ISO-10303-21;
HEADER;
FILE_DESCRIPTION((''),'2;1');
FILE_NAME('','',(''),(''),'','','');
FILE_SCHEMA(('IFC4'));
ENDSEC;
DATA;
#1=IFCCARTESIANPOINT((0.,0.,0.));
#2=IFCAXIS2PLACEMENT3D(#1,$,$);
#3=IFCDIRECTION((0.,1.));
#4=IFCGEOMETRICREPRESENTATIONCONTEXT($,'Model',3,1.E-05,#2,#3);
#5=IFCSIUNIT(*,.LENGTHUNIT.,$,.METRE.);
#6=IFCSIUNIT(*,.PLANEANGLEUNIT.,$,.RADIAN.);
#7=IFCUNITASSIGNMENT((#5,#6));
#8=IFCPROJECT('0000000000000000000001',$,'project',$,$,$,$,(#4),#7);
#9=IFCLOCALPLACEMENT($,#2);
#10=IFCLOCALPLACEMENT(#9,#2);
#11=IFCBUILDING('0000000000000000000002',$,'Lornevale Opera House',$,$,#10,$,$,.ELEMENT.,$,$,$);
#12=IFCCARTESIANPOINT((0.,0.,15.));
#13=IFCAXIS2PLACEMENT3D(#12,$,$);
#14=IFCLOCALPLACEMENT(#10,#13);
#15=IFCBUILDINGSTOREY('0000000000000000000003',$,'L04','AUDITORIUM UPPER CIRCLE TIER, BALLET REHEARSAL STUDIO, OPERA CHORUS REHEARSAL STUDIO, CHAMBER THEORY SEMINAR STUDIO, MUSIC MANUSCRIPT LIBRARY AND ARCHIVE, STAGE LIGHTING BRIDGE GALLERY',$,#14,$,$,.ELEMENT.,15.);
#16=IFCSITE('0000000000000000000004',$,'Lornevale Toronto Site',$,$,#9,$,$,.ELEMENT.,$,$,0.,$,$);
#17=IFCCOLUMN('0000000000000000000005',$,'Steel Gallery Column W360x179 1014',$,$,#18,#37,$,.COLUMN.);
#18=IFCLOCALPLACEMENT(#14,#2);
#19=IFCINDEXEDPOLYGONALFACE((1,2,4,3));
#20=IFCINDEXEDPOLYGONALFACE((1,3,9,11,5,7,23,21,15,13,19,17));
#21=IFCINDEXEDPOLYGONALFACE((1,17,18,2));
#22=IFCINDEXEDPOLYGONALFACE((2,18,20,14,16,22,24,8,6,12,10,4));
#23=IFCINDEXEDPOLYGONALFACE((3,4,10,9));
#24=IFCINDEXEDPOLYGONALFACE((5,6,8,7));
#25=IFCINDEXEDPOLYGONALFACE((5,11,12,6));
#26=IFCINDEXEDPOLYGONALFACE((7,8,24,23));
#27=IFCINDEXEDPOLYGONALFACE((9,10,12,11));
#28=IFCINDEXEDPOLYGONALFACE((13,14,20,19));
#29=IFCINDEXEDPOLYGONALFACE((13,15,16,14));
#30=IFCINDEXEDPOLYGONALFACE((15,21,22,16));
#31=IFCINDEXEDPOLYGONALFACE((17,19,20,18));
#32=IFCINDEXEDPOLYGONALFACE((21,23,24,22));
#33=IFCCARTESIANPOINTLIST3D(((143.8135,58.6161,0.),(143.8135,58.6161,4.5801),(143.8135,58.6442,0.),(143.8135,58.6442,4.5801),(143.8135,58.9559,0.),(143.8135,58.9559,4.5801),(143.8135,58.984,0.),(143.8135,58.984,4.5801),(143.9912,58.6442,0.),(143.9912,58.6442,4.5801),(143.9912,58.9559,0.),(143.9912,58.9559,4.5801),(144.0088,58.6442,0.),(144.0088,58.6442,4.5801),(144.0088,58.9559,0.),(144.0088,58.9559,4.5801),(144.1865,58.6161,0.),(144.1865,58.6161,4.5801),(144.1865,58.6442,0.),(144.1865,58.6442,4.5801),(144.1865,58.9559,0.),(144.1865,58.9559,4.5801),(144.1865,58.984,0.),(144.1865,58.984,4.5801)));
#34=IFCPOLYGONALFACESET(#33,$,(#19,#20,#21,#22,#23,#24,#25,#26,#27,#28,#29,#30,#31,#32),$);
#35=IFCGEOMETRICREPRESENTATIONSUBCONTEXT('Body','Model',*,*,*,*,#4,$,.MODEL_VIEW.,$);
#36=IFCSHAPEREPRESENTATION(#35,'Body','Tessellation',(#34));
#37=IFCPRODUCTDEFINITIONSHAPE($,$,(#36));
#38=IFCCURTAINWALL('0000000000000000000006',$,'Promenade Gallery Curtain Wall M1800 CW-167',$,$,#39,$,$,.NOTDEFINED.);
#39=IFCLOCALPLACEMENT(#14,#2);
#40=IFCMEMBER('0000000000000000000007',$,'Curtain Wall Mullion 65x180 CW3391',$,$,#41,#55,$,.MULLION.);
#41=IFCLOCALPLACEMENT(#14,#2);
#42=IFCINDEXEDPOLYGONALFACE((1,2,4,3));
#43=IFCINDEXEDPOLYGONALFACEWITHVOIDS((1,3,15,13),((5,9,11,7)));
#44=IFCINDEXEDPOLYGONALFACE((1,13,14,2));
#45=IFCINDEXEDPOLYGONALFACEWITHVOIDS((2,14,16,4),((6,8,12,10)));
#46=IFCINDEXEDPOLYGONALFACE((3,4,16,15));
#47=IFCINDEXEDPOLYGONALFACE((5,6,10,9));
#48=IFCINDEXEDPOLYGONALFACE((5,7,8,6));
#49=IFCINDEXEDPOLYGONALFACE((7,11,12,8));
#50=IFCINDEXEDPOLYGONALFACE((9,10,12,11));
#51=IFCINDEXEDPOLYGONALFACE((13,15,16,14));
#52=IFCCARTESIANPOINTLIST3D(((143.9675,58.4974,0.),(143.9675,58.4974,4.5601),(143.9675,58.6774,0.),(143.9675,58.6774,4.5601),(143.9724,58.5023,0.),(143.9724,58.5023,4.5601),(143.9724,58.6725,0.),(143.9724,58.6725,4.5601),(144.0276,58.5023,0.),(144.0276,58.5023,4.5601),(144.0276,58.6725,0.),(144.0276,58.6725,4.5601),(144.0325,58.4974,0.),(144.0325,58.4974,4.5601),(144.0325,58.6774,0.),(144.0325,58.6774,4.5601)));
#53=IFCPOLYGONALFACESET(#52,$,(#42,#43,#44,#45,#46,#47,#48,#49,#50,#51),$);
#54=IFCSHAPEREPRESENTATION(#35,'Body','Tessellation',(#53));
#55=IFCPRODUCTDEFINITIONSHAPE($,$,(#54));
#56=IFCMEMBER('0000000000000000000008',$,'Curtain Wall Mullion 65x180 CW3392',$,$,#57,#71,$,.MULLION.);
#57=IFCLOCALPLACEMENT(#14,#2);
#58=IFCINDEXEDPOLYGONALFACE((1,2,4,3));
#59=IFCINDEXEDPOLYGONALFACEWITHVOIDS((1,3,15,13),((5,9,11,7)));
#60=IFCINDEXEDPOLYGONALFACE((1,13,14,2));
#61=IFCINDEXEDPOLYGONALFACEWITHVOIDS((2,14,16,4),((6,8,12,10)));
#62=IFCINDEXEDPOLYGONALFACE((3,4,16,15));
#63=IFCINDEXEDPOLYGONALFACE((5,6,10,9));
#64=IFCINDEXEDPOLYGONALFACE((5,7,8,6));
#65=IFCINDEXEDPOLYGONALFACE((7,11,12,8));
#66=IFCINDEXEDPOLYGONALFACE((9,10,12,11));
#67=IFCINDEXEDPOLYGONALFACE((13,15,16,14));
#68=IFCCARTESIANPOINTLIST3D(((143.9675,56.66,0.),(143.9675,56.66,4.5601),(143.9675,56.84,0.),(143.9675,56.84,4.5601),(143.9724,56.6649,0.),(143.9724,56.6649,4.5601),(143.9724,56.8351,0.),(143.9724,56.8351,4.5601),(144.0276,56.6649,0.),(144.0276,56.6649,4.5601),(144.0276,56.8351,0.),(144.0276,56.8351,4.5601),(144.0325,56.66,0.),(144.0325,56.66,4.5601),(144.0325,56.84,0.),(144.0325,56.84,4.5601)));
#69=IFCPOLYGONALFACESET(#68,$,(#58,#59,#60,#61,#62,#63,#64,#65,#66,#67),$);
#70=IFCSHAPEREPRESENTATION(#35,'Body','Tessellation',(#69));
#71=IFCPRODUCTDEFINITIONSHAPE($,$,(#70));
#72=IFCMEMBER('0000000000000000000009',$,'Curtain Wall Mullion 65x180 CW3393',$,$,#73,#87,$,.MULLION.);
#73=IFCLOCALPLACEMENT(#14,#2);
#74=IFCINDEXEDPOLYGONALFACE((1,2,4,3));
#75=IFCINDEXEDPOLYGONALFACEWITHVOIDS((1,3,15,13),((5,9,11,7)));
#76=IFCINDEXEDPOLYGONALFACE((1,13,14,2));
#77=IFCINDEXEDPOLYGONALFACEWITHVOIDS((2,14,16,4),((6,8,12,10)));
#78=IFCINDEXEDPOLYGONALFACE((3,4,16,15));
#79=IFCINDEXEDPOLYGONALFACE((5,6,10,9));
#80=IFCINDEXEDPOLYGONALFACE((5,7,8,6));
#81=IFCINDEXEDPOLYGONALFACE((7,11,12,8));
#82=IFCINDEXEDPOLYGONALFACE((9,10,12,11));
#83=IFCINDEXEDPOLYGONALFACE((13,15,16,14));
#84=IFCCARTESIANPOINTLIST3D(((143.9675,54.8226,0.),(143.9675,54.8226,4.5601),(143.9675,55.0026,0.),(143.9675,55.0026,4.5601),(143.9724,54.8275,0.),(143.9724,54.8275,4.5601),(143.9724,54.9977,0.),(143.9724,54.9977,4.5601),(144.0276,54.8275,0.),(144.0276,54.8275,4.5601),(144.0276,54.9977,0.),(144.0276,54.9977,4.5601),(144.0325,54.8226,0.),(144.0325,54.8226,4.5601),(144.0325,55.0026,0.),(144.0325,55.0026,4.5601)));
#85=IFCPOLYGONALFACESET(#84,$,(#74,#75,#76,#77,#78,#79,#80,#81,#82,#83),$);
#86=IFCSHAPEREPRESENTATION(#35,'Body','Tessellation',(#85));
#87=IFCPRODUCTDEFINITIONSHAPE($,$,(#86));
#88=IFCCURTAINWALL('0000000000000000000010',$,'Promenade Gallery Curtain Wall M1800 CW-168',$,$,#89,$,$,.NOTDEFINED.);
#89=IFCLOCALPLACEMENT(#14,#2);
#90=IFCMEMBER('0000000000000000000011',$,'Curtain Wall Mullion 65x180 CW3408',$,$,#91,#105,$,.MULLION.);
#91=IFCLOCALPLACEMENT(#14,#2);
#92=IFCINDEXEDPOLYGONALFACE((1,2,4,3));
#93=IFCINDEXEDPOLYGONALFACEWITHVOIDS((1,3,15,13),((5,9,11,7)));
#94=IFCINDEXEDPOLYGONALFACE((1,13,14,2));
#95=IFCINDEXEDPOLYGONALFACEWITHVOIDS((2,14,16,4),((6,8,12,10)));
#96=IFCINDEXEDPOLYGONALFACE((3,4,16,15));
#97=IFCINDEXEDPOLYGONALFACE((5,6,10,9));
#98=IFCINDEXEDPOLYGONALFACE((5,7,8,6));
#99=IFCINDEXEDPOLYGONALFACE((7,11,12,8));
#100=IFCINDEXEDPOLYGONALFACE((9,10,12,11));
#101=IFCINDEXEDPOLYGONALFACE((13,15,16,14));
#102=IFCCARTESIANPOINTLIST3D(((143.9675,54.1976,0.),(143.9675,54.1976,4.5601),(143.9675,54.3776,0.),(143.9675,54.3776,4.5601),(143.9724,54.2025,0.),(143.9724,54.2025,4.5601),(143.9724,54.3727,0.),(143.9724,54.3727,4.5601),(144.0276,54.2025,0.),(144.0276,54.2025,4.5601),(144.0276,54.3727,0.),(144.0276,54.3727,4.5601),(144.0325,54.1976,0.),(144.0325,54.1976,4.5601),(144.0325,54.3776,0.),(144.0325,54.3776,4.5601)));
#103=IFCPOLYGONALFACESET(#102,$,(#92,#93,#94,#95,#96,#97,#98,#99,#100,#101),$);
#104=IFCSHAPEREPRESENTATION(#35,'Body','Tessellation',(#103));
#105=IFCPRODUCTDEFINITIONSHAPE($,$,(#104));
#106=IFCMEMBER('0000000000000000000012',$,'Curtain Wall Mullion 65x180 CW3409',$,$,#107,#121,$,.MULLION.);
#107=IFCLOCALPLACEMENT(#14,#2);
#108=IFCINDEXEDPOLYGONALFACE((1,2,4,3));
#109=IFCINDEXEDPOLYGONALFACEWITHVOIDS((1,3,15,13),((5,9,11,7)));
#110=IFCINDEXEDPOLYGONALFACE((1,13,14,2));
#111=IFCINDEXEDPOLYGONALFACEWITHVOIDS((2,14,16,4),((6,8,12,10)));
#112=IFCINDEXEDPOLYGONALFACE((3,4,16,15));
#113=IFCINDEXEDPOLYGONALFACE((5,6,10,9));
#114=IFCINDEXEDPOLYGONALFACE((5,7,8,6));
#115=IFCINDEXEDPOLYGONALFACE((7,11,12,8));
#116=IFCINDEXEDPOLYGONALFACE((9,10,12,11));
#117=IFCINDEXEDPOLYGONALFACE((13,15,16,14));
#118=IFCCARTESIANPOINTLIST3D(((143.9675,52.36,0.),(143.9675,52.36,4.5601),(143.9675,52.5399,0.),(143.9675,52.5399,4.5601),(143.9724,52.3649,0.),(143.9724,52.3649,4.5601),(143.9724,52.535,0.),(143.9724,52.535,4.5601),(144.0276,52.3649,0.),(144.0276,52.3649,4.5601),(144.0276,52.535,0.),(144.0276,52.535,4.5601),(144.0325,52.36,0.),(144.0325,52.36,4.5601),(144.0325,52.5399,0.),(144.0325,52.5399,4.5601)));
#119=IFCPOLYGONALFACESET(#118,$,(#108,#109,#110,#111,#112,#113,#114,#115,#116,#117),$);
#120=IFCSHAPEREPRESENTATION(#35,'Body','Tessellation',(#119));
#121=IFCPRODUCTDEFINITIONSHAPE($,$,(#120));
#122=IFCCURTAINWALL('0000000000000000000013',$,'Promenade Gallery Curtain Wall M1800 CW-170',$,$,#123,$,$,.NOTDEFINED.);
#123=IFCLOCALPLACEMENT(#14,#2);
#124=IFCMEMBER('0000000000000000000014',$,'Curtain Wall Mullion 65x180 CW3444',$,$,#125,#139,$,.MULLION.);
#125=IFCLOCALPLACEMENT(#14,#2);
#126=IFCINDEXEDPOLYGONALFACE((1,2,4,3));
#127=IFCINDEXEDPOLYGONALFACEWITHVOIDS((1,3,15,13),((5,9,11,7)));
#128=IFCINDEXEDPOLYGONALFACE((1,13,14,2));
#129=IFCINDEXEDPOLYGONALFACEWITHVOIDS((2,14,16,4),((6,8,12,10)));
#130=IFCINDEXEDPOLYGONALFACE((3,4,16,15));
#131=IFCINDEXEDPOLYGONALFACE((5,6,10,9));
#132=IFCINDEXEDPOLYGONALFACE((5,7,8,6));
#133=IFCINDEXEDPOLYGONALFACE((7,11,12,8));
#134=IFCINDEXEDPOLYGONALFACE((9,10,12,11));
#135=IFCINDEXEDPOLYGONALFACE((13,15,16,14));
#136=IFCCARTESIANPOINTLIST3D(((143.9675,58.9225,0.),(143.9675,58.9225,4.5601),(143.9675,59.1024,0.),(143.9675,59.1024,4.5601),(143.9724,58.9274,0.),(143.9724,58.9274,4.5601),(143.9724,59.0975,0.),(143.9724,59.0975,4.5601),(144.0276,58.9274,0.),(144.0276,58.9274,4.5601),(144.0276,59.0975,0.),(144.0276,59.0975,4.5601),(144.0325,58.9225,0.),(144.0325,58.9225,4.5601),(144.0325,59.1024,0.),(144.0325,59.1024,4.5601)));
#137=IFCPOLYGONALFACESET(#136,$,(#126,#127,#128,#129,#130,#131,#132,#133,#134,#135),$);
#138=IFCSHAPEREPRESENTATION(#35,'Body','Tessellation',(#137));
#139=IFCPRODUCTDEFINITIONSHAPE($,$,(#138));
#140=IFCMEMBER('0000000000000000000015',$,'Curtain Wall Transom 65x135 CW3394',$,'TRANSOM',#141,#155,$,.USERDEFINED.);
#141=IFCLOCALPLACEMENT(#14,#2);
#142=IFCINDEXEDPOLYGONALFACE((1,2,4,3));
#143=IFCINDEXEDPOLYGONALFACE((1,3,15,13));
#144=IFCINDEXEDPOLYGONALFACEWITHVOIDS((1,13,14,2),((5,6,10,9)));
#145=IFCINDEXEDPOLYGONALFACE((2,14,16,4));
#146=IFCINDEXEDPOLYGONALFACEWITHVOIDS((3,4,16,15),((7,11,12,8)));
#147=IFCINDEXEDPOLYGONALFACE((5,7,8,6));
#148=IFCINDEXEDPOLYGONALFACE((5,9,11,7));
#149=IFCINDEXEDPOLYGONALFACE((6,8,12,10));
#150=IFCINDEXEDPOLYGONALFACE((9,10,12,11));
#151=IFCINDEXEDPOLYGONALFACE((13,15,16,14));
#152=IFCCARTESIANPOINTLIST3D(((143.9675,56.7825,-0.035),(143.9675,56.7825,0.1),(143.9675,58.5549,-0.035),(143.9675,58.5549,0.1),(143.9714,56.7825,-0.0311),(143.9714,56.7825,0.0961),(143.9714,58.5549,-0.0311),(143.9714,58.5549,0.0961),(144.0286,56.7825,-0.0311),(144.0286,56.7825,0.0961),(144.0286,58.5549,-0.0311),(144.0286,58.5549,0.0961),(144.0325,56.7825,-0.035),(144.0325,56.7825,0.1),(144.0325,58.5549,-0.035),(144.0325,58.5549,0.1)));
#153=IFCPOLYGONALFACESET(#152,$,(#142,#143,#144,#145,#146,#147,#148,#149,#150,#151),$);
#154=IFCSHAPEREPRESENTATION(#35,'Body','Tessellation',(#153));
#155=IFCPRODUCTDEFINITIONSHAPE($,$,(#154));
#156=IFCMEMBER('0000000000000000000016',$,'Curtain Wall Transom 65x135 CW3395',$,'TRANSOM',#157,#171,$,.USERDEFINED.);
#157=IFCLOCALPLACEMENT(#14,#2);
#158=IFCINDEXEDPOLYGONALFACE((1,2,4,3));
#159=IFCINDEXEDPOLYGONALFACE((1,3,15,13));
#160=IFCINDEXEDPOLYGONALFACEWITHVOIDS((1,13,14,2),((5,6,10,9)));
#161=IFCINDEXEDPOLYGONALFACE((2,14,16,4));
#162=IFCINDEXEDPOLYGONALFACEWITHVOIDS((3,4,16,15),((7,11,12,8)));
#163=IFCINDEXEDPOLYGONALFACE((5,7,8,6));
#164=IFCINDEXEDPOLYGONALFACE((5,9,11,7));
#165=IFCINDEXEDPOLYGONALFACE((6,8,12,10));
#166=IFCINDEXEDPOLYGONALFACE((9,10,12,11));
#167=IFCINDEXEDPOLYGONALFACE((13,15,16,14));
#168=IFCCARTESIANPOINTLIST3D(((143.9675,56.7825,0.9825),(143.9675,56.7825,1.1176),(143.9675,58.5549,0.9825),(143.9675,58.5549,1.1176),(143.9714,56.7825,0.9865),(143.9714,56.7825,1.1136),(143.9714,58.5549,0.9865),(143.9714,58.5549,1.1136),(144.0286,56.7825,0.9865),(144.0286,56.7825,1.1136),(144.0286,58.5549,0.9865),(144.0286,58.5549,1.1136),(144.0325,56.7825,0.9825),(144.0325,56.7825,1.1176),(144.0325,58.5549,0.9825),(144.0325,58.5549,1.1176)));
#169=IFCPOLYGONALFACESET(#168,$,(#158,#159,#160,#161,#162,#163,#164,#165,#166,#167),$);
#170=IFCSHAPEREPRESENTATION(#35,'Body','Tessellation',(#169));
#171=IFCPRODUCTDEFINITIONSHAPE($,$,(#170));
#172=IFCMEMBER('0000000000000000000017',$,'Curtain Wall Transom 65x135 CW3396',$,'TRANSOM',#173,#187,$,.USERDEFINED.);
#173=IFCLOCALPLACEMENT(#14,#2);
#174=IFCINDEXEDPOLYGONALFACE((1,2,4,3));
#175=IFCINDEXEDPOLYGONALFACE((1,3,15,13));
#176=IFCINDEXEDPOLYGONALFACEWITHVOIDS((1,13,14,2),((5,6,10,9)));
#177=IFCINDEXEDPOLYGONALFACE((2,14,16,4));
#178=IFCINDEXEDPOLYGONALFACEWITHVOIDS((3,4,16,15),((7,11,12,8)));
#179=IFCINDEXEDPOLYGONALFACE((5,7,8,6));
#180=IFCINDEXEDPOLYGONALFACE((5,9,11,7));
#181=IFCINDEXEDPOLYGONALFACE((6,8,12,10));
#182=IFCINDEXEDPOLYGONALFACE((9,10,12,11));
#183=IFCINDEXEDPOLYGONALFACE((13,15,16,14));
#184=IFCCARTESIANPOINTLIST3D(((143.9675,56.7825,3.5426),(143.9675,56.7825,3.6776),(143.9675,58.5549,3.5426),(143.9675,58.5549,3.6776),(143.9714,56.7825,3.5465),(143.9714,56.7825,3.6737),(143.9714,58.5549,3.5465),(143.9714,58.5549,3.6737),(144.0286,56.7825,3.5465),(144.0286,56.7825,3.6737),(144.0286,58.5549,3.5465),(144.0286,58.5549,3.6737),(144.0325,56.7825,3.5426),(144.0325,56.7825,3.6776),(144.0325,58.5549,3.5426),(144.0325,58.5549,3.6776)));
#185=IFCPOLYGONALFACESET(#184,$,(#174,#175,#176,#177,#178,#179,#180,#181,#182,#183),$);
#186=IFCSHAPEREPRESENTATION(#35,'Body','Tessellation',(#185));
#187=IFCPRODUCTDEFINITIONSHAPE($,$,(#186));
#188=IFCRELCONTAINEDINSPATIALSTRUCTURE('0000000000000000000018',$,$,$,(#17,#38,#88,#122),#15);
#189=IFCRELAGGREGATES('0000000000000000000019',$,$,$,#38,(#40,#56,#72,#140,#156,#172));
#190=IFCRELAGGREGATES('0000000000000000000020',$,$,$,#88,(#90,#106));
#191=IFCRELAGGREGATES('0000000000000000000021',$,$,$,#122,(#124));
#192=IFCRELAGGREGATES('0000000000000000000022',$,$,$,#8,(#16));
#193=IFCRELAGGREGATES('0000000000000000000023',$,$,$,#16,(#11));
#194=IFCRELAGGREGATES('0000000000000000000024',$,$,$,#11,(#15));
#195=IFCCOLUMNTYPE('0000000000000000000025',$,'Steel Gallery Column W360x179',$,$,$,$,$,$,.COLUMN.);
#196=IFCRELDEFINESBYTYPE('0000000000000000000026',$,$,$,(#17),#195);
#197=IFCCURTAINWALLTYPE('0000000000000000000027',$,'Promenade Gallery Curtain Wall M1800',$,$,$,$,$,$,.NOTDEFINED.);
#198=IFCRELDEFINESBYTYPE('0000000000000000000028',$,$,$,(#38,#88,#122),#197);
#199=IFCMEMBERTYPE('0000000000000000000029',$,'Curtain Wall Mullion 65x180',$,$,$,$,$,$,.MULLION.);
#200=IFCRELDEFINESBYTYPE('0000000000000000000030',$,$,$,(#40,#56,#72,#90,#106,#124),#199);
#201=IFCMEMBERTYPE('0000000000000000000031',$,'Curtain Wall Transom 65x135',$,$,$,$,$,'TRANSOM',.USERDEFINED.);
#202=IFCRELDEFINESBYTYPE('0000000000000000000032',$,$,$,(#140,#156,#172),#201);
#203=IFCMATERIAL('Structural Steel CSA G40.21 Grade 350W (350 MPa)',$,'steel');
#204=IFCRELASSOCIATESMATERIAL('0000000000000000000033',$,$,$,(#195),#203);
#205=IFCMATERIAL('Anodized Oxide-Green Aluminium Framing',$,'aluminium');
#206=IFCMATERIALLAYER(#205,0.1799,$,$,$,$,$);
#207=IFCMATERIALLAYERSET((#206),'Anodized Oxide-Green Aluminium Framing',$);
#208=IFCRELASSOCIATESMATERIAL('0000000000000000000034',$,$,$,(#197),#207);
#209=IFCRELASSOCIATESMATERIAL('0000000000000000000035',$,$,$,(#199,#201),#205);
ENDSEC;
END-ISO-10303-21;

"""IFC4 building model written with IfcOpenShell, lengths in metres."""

from ifc_helpers import new_model, si_unit, direction, frame, origin, origin_2d, place, context, subcontext, project, spatial, hollow_rectangle, i_section, extrude, material, layer, layer_set, material_profile, profile_set, type_object, element, aggregate, save


model = new_model("IFC4")

# Units and contexts
model_context = context("Model", 3, precision=1e-05, world=origin(), true_north=direction((0.0, 1.0)))
body_context = subcontext(model_context, "Body", "Model", "MODEL_VIEW")
ifc_project = project(units=[si_unit("LENGTHUNIT", "METRE"), si_unit("PLANEANGLEUNIT", "RADIAN")], contexts=[model_context])

# Site, building, storey
site_placement = place(None, origin())
site = spatial("IfcSite", under=ifc_project, at=site_placement, Name="Lornevale Toronto Site", CompositionType="ELEMENT", RefElevation=0.0)
building_placement = place(site_placement, origin())
building = spatial("IfcBuilding", under=site, at=building_placement, Name="Lornevale Opera House", CompositionType="ELEMENT")
storey_placement = place(building_placement, frame((0.0, 0.0, 15.0)))
storey = spatial("IfcBuildingStorey", under=building, at=storey_placement, Name="L04", Description="AUDITORIUM UPPER CIRCLE TIER, BALLET REHEARSAL STUDIO, OPERA CHORUS REHEARSAL STUDIO, CHAMBER THEORY SEMINAR STUDIO, MUSIC MANUSCRIPT LIBRARY AND ARCHIVE, STAGE LIGHTING BRIDGE GALLERY", CompositionType="ELEMENT", Elevation=15.0)

# Column
ifc_material_1 = material(Name="Structural Steel CSA G40.21 Grade 350W (350 MPa)", Category="steel")
ifc_material_profile_1 = material_profile(ifc_material_1, i_section(OverallWidth=0.373, OverallDepth=0.3679, WebThickness=0.0176, FlangeThickness=0.0281, at=origin_2d()), Name="W360x179")
ifc_profile_set_1 = profile_set([ifc_material_profile_1], Name="Structural Steel CSA G40.21 Grade 350W (350 MPa)")
column_type = type_object("IfcColumnType", Name="Steel Gallery Column W360x179", PredefinedType="COLUMN", material=ifc_profile_set_1)
column_placement = place(storey_placement, frame((144.0, 58.8, 0.0), z_axis=(0.0, 0.0, 1.0), x_axis=(1.0, 0.0, 0.0)))
element("IfcColumn", 1, at=column_placement, inside=storey, type_object=column_type, Name="Steel Gallery Column W360x179 1014", PredefinedType="COLUMN", context=body_context, shape_type="SweptSolid", body=[
    extrude(i_section(OverallWidth=0.373, OverallDepth=0.3679, WebThickness=0.0176, FlangeThickness=0.0281, at=origin_2d()), origin(), (0.0, 0.0, 1.0), 4.5801),
])

# Curtain walls, members
ifc_material_2 = material(Name="Anodized Oxide-Green Aluminium Framing", Category="aluminium")
ifc_layer_1 = layer(ifc_material_2, 0.1799)
ifc_layer_set_1 = layer_set([ifc_layer_1], Name="Anodized Oxide-Green Aluminium Framing")
curtain_wall_type = type_object("IfcCurtainWallType", Name="Promenade Gallery Curtain Wall M1800", PredefinedType="NOTDEFINED", material=ifc_layer_set_1)
curtain_wall_1_placement = place(storey_placement, origin())
curtain_wall_1 = element("IfcCurtainWall", 2, at=curtain_wall_1_placement, inside=storey, type_object=curtain_wall_type, Name="Promenade Gallery Curtain Wall M1800 CW-167", PredefinedType="NOTDEFINED")
ifc_material_profile_2 = material_profile(ifc_material_2, hollow_rectangle(XDim=0.0649, YDim=0.1799, WallThickness=0.0049, at=origin_2d()), Name="ALU65x180x5")
ifc_profile_set_2 = profile_set([ifc_material_profile_2], Name="Anodized Oxide-Green Aluminium Framing")
member_type_1 = type_object("IfcMemberType", Name="Curtain Wall Mullion 65x180", PredefinedType="MULLION", material=ifc_profile_set_2)
member_1_placement = place(storey_placement, frame((144.0, 58.5874, 0.0), z_axis=(0.0, 0.0, 1.0), x_axis=(1.0, 0.0, 0.0)))
member_1 = element("IfcMember", 3, at=member_1_placement, type_object=member_type_1, Name="Curtain Wall Mullion 65x180 CW3391", PredefinedType="MULLION", context=body_context, shape_type="SweptSolid", body=[
    extrude(hollow_rectangle(XDim=0.0649, YDim=0.1799, WallThickness=0.0049, at=origin_2d()), origin(), (0.0, 0.0, 1.0), 4.5601),
])
member_2_placement = place(storey_placement, frame((144.0, 56.75, 0.0), z_axis=(0.0, 0.0, 1.0), x_axis=(1.0, 0.0, 0.0)))
member_2 = element("IfcMember", 4, at=member_2_placement, type_object=member_type_1, Name="Curtain Wall Mullion 65x180 CW3392", PredefinedType="MULLION", context=body_context, shape_type="SweptSolid", body=[
    extrude(hollow_rectangle(XDim=0.0649, YDim=0.1799, WallThickness=0.0049, at=origin_2d()), origin(), (0.0, 0.0, 1.0), 4.5601),
])
member_3_placement = place(storey_placement, frame((144.0, 54.9126, 0.0), z_axis=(0.0, 0.0, 1.0), x_axis=(1.0, 0.0, 0.0)))
member_3 = element("IfcMember", 5, at=member_3_placement, type_object=member_type_1, Name="Curtain Wall Mullion 65x180 CW3393", PredefinedType="MULLION", context=body_context, shape_type="SweptSolid", body=[
    extrude(hollow_rectangle(XDim=0.0649, YDim=0.1799, WallThickness=0.0049, at=origin_2d()), origin(), (0.0, 0.0, 1.0), 4.5601),
])
curtain_wall_2_placement = place(storey_placement, origin())
curtain_wall_2 = element("IfcCurtainWall", 6, at=curtain_wall_2_placement, inside=storey, type_object=curtain_wall_type, Name="Promenade Gallery Curtain Wall M1800 CW-168", PredefinedType="NOTDEFINED")
member_4_placement = place(storey_placement, frame((144.0, 54.2876, 0.0), z_axis=(0.0, 0.0, 1.0), x_axis=(1.0, 0.0, 0.0)))
member_4 = element("IfcMember", 7, at=member_4_placement, type_object=member_type_1, Name="Curtain Wall Mullion 65x180 CW3408", PredefinedType="MULLION", context=body_context, shape_type="SweptSolid", body=[
    extrude(hollow_rectangle(XDim=0.0649, YDim=0.1799, WallThickness=0.0049, at=origin_2d()), origin(), (0.0, 0.0, 1.0), 4.5601),
])
member_5_placement = place(storey_placement, frame((144.0, 52.45, 0.0), z_axis=(0.0, 0.0, 1.0), x_axis=(1.0, 0.0, 0.0)))
member_5 = element("IfcMember", 8, at=member_5_placement, type_object=member_type_1, Name="Curtain Wall Mullion 65x180 CW3409", PredefinedType="MULLION", context=body_context, shape_type="SweptSolid", body=[
    extrude(hollow_rectangle(XDim=0.0649, YDim=0.1799, WallThickness=0.0049, at=origin_2d()), origin(), (0.0, 0.0, 1.0), 4.5601),
])

# Curtain wall, member
curtain_wall_3_placement = place(storey_placement, origin())
curtain_wall_3 = element("IfcCurtainWall", 9, at=curtain_wall_3_placement, inside=storey, type_object=curtain_wall_type, Name="Promenade Gallery Curtain Wall M1800 CW-170", PredefinedType="NOTDEFINED")
member_6_placement = place(storey_placement, frame((144.0, 59.0125, 0.0), z_axis=(0.0, 0.0, 1.0), x_axis=(1.0, 0.0, 0.0)))
member_6 = element("IfcMember", 10, at=member_6_placement, type_object=member_type_1, Name="Curtain Wall Mullion 65x180 CW3444", PredefinedType="MULLION", context=body_context, shape_type="SweptSolid", body=[
    extrude(hollow_rectangle(XDim=0.0649, YDim=0.1799, WallThickness=0.0049, at=origin_2d()), origin(), (0.0, 0.0, 1.0), 4.5601),
])

# Members
ifc_material_profile_3 = material_profile(ifc_material_2, hollow_rectangle(XDim=0.0649, YDim=0.135, WallThickness=0.0039, at=origin_2d()), Name="ALU65x135x4")
ifc_profile_set_3 = profile_set([ifc_material_profile_3], Name="Anodized Oxide-Green Aluminium Framing")
member_type_2 = type_object("IfcMemberType", Name="Curtain Wall Transom 65x135", ElementType="TRANSOM", PredefinedType="USERDEFINED", material=ifc_profile_set_3)
member_7_placement = place(storey_placement, frame((144.0, 58.5549, 0.0325), z_axis=(0.0, -1.0, 0.0), x_axis=(1.0, 0.0, 0.0)))
member_7 = element("IfcMember", 11, at=member_7_placement, type_object=member_type_2, Name="Curtain Wall Transom 65x135 CW3394", ObjectType="TRANSOM", PredefinedType="USERDEFINED", context=body_context, shape_type="SweptSolid", body=[
    extrude(hollow_rectangle(XDim=0.0649, YDim=0.135, WallThickness=0.0039, at=origin_2d()), origin(), (0.0, 0.0, 1.0), 1.7725),
])
member_8_placement = place(storey_placement, frame((144.0, 58.5549, 1.05), z_axis=(0.0, -1.0, 0.0), x_axis=(1.0, 0.0, 0.0)))
member_8 = element("IfcMember", 12, at=member_8_placement, type_object=member_type_2, Name="Curtain Wall Transom 65x135 CW3395", ObjectType="TRANSOM", PredefinedType="USERDEFINED", context=body_context, shape_type="SweptSolid", body=[
    extrude(hollow_rectangle(XDim=0.0649, YDim=0.135, WallThickness=0.0039, at=origin_2d()), origin(), (0.0, 0.0, 1.0), 1.7725),
])
member_9_placement = place(storey_placement, frame((144.0, 58.5549, 3.6101), z_axis=(0.0, -1.0, 0.0), x_axis=(1.0, 0.0, 0.0)))
member_9 = element("IfcMember", 13, at=member_9_placement, type_object=member_type_2, Name="Curtain Wall Transom 65x135 CW3396", ObjectType="TRANSOM", PredefinedType="USERDEFINED", context=body_context, shape_type="SweptSolid", body=[
    extrude(hollow_rectangle(XDim=0.0649, YDim=0.135, WallThickness=0.0039, at=origin_2d()), origin(), (0.0, 0.0, 1.0), 1.7725),
])

aggregate(curtain_wall_1, [member_1, member_2, member_3, member_7, member_8, member_9])
aggregate(curtain_wall_2, [member_4, member_5])
aggregate(curtain_wall_3, [member_6])

save(model, "model.ifc")
